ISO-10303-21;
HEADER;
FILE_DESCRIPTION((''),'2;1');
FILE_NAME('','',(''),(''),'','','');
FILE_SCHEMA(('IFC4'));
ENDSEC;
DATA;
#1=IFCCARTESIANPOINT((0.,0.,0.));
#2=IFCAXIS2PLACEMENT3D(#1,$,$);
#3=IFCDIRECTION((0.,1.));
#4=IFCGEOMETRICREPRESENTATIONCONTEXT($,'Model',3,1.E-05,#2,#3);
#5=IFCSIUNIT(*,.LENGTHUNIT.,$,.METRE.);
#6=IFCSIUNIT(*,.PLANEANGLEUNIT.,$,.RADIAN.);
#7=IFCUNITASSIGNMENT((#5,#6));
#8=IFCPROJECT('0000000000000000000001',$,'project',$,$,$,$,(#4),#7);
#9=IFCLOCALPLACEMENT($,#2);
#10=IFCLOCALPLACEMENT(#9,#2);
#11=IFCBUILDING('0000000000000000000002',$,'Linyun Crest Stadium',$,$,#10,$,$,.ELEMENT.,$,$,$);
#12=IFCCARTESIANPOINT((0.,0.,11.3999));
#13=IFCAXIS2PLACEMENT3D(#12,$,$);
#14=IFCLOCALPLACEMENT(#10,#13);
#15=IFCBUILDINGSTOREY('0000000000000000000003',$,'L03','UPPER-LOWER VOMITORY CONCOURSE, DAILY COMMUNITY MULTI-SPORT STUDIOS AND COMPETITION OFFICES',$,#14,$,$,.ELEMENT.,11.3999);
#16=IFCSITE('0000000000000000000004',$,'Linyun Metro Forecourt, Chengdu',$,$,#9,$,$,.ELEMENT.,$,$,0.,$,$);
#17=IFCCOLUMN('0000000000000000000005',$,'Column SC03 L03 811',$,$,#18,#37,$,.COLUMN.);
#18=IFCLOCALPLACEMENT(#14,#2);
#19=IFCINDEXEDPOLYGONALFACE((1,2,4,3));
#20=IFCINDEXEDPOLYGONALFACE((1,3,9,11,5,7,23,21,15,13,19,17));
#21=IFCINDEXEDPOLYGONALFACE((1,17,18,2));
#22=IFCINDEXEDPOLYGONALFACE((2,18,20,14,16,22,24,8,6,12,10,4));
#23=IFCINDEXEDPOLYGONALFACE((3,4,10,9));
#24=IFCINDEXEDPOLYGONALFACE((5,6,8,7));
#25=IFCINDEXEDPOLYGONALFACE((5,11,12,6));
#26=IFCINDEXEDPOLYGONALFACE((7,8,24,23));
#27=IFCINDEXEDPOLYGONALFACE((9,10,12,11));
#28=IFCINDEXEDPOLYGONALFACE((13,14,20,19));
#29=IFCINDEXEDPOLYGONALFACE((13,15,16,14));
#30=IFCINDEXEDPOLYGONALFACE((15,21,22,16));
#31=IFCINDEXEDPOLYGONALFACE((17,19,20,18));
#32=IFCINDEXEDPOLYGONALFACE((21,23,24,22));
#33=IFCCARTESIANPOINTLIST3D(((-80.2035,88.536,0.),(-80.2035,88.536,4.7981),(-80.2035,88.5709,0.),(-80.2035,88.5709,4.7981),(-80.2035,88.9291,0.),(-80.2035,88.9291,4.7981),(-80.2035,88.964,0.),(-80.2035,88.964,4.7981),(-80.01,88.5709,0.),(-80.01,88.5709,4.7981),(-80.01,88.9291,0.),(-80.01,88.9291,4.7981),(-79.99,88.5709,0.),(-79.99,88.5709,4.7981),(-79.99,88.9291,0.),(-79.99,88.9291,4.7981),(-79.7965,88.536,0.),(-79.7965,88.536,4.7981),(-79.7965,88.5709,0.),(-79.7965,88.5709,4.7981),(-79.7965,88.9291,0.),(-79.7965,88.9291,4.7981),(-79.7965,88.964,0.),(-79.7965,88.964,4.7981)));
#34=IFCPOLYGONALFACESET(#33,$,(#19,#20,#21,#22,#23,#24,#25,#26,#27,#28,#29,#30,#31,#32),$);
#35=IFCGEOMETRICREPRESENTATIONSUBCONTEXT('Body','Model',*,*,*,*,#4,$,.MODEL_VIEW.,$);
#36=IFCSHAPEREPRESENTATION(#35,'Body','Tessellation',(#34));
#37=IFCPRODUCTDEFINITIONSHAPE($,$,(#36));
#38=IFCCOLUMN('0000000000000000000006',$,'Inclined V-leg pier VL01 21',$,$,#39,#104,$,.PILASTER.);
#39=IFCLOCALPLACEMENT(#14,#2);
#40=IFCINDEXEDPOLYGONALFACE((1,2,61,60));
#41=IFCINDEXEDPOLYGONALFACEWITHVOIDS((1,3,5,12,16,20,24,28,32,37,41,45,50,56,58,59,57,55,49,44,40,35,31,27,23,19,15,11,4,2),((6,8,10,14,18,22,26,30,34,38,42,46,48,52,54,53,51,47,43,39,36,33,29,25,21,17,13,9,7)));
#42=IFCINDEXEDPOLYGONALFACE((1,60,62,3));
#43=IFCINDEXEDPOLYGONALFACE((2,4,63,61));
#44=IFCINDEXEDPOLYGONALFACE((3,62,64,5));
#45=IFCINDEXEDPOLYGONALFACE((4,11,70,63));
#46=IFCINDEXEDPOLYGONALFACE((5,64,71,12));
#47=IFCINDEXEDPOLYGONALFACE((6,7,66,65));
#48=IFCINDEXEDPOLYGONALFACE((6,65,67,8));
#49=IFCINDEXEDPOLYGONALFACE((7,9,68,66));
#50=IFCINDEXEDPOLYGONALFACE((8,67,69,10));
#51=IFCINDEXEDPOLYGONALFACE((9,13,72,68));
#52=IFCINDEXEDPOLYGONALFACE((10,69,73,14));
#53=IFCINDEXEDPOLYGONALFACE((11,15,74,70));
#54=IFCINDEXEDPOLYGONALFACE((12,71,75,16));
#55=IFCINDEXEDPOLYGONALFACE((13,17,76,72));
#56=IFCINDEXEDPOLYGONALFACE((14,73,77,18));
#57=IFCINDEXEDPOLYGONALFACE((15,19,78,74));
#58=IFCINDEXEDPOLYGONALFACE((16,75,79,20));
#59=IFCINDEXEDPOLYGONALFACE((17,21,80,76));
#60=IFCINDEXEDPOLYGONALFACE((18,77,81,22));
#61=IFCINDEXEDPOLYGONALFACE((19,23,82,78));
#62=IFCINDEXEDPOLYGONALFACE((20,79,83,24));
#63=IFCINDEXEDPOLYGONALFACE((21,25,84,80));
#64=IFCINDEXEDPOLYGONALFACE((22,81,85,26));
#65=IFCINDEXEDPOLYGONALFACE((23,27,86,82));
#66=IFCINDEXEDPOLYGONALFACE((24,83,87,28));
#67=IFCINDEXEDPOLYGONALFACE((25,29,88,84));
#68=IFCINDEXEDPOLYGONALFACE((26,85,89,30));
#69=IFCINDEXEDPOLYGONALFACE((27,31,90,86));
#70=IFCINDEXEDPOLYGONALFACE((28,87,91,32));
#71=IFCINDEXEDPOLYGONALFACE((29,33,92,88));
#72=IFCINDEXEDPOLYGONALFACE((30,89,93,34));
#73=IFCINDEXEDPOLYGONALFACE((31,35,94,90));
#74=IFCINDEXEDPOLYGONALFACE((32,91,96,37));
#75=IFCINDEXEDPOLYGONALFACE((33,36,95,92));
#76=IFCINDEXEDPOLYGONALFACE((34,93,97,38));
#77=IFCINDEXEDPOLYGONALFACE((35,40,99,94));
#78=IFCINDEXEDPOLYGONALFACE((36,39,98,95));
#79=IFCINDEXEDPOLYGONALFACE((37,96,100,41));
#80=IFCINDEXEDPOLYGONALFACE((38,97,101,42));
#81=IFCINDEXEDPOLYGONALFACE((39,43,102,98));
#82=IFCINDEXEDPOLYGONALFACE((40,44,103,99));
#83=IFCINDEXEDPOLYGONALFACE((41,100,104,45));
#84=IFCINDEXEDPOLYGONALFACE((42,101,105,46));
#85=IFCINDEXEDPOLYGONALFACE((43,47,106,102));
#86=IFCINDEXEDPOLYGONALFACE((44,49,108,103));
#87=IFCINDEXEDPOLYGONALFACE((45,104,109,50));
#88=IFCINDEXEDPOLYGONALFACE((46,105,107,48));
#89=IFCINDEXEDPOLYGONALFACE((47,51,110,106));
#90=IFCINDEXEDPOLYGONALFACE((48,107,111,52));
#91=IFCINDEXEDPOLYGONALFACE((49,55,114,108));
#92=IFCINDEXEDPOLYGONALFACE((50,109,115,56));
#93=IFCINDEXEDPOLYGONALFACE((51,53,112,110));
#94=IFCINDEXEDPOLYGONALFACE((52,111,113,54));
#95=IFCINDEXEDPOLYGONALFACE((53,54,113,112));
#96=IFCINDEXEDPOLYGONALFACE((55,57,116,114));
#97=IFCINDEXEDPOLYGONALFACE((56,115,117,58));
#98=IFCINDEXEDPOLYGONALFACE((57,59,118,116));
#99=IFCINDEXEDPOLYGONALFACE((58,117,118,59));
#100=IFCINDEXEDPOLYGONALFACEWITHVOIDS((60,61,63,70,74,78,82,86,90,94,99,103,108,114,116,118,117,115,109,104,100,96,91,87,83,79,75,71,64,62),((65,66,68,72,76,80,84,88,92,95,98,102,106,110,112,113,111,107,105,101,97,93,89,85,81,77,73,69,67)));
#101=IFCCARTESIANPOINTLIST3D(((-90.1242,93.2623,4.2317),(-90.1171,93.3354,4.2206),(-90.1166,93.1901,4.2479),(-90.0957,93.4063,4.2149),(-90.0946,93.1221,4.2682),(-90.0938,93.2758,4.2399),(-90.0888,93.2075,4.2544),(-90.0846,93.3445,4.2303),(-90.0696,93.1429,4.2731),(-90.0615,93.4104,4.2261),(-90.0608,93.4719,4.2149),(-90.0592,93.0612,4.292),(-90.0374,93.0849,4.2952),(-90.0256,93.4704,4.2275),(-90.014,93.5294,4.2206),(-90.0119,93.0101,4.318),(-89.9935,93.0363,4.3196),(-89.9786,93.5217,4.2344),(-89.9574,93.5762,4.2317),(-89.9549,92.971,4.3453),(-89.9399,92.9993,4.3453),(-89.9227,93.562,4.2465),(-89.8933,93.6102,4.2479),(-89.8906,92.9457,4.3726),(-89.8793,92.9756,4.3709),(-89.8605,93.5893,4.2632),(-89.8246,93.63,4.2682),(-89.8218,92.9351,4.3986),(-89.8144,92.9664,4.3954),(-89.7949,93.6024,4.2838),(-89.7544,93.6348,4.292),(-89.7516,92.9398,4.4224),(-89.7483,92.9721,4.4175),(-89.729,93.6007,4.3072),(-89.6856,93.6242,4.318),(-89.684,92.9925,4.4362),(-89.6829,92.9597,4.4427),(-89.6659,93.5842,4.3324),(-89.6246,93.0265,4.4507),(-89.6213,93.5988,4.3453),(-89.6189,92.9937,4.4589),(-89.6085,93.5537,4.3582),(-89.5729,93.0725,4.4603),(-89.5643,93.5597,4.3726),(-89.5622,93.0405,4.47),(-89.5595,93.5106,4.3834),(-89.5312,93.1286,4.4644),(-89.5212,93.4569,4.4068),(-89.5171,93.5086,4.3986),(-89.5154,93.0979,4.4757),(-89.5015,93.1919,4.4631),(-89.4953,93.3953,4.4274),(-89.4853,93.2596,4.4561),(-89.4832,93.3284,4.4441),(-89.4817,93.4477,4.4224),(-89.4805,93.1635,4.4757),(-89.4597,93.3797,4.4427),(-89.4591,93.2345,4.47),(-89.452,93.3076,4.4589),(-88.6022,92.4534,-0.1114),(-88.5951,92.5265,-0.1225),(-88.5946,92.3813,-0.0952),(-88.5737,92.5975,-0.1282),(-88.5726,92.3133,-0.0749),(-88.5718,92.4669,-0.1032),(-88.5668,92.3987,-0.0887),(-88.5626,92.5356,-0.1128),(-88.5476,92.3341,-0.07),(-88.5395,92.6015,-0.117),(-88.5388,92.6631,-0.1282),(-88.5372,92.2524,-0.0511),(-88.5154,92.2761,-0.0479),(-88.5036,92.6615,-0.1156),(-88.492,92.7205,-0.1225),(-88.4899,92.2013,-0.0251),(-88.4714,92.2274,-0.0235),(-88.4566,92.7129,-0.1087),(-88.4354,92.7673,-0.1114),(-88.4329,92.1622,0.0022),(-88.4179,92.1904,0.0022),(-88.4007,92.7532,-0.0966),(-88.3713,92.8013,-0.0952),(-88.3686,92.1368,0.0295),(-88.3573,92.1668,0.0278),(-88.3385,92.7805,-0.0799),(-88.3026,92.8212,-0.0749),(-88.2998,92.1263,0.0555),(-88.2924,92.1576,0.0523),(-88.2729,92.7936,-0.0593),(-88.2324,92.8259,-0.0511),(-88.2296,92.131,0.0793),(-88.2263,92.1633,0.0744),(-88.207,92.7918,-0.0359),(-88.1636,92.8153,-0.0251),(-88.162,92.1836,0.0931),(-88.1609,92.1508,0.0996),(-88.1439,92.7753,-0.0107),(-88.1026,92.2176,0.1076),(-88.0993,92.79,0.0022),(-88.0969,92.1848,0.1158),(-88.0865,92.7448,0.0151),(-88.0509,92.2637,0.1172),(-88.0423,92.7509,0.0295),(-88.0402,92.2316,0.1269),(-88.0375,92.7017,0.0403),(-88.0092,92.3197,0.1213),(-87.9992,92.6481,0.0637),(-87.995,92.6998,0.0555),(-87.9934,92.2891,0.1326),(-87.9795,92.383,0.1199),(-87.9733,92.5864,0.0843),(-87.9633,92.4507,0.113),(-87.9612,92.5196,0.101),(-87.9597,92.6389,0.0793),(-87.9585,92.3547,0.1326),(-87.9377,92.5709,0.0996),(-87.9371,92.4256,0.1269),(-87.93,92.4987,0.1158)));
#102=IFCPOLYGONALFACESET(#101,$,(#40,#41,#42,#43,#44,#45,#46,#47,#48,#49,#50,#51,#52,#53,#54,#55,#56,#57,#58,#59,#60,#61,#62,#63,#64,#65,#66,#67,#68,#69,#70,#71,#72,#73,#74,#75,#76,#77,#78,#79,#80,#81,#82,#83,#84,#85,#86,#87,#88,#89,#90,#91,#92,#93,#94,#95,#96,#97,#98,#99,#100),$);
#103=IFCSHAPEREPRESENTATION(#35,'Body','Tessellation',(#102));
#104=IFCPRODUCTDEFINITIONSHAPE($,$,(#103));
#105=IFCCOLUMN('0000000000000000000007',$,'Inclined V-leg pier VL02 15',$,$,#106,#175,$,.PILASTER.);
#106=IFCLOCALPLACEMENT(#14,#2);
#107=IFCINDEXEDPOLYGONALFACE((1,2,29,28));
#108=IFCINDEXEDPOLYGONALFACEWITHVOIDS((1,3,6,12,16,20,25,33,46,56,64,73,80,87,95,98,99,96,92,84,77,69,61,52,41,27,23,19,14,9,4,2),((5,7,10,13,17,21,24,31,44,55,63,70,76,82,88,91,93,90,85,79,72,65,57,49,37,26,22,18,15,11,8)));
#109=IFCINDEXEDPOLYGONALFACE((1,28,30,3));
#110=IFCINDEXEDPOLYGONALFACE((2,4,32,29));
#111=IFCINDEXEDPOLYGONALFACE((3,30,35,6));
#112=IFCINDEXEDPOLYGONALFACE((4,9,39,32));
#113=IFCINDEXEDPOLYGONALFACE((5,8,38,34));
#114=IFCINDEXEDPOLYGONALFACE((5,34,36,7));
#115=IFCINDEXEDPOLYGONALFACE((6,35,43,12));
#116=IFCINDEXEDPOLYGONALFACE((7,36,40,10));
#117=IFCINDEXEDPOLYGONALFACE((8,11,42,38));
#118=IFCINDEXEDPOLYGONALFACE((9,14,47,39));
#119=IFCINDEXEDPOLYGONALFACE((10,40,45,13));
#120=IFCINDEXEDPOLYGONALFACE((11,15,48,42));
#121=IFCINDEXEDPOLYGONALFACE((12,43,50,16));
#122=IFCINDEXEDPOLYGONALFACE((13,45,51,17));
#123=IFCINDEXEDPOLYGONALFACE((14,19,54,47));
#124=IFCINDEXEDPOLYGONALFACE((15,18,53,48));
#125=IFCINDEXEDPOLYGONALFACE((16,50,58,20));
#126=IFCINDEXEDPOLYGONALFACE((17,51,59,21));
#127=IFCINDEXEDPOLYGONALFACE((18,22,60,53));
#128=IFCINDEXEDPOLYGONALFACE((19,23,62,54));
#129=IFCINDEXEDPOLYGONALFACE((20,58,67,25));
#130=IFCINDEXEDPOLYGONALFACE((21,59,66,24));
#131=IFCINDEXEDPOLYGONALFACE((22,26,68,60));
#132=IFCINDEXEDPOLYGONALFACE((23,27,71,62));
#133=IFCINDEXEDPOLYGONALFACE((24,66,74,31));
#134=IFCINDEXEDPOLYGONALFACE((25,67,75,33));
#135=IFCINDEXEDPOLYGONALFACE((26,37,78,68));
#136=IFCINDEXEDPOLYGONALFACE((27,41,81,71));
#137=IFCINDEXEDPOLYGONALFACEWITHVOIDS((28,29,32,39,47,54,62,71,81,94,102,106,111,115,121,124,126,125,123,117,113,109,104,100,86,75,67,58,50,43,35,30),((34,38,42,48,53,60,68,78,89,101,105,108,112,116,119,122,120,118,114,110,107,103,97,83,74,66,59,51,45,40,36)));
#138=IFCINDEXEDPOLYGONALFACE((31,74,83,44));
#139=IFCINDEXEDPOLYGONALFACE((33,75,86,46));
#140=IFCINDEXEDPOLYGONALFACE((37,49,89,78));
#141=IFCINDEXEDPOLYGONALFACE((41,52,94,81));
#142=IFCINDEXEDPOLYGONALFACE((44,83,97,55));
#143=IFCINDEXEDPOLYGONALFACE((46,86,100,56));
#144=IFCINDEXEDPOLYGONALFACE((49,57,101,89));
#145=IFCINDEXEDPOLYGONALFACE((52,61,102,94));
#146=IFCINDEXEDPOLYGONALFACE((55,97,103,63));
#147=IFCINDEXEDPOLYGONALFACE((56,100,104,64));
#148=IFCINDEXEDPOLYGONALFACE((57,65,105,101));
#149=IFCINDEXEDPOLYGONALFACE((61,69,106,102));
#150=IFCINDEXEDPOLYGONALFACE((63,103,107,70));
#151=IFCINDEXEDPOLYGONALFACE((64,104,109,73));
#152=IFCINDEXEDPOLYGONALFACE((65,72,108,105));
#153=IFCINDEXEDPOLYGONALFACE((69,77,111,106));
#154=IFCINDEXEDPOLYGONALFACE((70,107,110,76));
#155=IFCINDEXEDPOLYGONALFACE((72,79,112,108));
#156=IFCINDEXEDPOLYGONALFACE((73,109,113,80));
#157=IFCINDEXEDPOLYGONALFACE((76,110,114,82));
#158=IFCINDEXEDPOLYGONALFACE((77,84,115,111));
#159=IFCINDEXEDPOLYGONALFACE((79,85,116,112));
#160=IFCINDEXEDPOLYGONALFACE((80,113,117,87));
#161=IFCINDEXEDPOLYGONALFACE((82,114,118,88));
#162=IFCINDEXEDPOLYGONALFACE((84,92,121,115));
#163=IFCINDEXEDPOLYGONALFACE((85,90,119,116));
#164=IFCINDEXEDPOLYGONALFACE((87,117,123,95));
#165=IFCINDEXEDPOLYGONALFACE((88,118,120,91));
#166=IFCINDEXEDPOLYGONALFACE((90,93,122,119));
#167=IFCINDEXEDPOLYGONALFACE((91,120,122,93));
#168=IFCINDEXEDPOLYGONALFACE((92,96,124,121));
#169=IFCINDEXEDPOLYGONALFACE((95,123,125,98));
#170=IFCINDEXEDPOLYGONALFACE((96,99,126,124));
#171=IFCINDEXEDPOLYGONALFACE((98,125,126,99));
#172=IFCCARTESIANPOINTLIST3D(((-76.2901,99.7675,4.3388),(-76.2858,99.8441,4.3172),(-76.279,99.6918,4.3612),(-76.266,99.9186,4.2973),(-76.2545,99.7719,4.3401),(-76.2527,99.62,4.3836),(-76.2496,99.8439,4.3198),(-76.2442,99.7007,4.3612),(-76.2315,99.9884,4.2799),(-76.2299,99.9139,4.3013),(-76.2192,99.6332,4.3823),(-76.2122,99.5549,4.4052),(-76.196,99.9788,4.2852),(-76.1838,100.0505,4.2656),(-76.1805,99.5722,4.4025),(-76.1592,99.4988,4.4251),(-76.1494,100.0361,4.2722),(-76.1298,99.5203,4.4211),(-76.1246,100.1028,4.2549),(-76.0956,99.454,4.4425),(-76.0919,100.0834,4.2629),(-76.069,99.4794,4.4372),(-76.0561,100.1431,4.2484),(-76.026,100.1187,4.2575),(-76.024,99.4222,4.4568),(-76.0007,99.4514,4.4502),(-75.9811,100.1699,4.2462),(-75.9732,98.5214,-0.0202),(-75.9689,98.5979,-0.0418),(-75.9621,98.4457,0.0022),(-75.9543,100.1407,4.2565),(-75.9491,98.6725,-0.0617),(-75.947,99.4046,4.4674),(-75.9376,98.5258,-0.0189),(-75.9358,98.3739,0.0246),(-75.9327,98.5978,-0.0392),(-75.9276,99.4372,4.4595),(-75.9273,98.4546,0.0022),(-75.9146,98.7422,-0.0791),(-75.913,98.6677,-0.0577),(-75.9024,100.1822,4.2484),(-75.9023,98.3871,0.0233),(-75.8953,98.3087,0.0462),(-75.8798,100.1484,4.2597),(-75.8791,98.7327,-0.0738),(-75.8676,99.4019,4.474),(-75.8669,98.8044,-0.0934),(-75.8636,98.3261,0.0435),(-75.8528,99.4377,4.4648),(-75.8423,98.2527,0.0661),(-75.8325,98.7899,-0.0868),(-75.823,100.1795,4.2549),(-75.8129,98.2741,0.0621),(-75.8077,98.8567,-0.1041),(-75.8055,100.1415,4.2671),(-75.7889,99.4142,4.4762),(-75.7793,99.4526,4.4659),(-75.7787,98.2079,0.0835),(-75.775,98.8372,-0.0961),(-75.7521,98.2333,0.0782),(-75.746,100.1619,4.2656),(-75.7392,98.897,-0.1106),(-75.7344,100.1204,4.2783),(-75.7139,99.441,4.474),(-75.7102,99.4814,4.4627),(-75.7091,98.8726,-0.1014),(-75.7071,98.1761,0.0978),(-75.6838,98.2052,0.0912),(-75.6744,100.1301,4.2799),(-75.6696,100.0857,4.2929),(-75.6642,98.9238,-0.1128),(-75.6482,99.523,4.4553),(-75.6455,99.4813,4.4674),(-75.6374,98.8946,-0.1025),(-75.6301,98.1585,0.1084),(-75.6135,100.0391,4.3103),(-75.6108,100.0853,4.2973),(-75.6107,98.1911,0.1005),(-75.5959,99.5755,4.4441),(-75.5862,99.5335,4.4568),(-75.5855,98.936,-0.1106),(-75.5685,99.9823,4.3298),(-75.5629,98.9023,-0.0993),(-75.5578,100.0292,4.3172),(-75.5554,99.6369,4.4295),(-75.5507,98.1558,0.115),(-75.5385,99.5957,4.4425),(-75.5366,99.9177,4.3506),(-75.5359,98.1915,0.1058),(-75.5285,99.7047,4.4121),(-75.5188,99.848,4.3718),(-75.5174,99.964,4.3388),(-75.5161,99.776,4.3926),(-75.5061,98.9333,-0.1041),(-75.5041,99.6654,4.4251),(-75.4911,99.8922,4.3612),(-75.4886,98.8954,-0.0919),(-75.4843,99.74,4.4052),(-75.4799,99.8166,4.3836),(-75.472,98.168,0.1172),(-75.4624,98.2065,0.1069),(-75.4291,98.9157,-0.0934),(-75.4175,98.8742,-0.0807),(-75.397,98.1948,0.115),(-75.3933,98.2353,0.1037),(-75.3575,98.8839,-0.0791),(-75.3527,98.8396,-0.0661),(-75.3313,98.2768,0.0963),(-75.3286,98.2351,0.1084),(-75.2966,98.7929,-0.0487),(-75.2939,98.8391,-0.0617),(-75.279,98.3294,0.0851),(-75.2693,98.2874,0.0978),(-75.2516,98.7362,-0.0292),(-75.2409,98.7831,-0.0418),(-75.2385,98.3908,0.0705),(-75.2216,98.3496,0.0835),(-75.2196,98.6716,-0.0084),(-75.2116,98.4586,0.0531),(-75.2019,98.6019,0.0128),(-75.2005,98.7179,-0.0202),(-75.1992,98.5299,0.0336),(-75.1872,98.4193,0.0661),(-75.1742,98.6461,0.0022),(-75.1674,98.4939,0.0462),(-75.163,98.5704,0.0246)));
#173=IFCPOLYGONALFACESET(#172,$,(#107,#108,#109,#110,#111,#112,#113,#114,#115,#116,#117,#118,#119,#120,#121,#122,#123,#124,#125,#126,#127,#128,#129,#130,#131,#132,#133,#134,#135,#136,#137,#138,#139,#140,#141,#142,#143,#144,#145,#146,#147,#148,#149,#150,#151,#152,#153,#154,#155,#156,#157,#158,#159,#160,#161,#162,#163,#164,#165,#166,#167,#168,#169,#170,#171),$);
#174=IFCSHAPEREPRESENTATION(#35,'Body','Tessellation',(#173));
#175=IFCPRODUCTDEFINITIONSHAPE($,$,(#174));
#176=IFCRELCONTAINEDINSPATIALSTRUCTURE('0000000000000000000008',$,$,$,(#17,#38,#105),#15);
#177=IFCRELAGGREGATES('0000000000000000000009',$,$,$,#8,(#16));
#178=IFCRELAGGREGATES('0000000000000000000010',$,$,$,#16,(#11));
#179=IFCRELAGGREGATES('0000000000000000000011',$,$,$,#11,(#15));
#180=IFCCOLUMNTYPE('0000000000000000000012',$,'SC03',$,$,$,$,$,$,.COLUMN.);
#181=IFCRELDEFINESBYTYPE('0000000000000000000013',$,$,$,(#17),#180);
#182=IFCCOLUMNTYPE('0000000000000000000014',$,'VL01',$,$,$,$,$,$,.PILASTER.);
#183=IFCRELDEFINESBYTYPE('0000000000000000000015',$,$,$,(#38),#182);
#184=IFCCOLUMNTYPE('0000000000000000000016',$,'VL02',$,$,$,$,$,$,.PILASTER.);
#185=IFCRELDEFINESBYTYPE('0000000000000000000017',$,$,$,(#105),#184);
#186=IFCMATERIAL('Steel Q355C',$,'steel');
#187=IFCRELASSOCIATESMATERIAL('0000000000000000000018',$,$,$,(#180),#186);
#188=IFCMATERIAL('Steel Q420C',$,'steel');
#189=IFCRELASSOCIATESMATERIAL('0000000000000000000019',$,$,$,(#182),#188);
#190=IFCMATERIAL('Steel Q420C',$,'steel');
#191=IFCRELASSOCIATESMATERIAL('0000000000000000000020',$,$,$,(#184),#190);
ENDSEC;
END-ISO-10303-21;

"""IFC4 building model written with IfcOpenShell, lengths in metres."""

from ifc_helpers import new_model, si_unit, direction, frame, origin, origin_2d, place, context, subcontext, project, spatial, hollow_circle, i_section, extrude, material, material_profile, profile_set, type_object, element, save


model = new_model("IFC4")

# Units and contexts
model_context = context("Model", 3, precision=1e-05, world=origin(), true_north=direction((0.0, 1.0)))
body_context = subcontext(model_context, "Body", "Model", "MODEL_VIEW")
ifc_project = project(units=[si_unit("LENGTHUNIT", "METRE"), si_unit("PLANEANGLEUNIT", "RADIAN")], contexts=[model_context])

# Site, building, storey
site_placement = place(None, origin())
site = spatial("IfcSite", under=ifc_project, at=site_placement, Name="Linyun Metro Forecourt, Chengdu", CompositionType="ELEMENT", RefElevation=0.0)
building_placement = place(site_placement, origin())
building = spatial("IfcBuilding", under=site, at=building_placement, Name="Linyun Crest Stadium", CompositionType="ELEMENT")
storey_placement = place(building_placement, frame((0.0, 0.0, 11.3999)))
storey = spatial("IfcBuildingStorey", under=building, at=storey_placement, Name="L03", Description="UPPER-LOWER VOMITORY CONCOURSE, DAILY COMMUNITY MULTI-SPORT STUDIOS AND COMPETITION OFFICES", CompositionType="ELEMENT", Elevation=11.3999)

# Columns
ifc_material_1 = material(Name="Steel Q355C", Category="steel")
ifc_material_profile_1 = material_profile(ifc_material_1, i_section(OverallWidth=0.407, OverallDepth=0.428, WebThickness=0.02, FlangeThickness=0.0349, at=origin_2d()), Name="HW 428x407")
ifc_profile_set_1 = profile_set([ifc_material_profile_1], Name="Steel Q355C")
column_type_1 = type_object("IfcColumnType", Name="SC03", PredefinedType="COLUMN", material=ifc_profile_set_1)
column_1_placement = place(storey_placement, frame((-80.0, 88.75, 0.0), z_axis=(0.0, 0.0, 1.0), x_axis=(1.0, 0.0, 0.0)))
element("IfcColumn", 1, at=column_1_placement, inside=storey, type_object=column_type_1, Name="Column SC03 L03 811", PredefinedType="COLUMN", context=body_context, shape_type="SweptSolid", body=[
    extrude(i_section(OverallWidth=0.407, OverallDepth=0.428, WebThickness=0.02, FlangeThickness=0.0349, at=origin_2d()), origin(), (0.0, 0.0, 1.0), 4.7981),
])
ifc_material_2 = material(Name="Steel Q420C", Category="steel")
ifc_material_profile_2 = material_profile(ifc_material_2, hollow_circle(Radius=0.3555, WallThickness=0.032, at=origin_2d()), Name="CHS 711x32")
ifc_profile_set_2 = profile_set([ifc_material_profile_2], Name="Steel Q420C")
column_type_2 = type_object("IfcColumnType", Name="VL01", PredefinedType="PILASTER", material=ifc_profile_set_2)
column_2_placement = place(storey_placement, frame((-88.2661, 92.4761, 0.0022), z_axis=(-0.325729, 0.173105, 0.929481), x_axis=(-0.469286, -0.883046, 0.0)))
element("IfcColumn", 2, at=column_2_placement, inside=storey, type_object=column_type_2, Name="Inclined V-leg pier VL01 21", PredefinedType="PILASTER", context=body_context, shape_type="SweptSolid", body=[
    extrude(hollow_circle(Radius=0.3555, WallThickness=0.032, at=origin_2d()), origin(), (0.0, 0.0, 1.0), 4.6726),
])
ifc_material_3 = material(Name="Steel Q420C", Category="steel")
ifc_material_profile_3 = material_profile(ifc_material_3, hollow_circle(Radius=0.4065, WallThickness=0.0359, at=origin_2d()), Name="CHS 813x36")
ifc_profile_set_3 = profile_set([ifc_material_profile_3], Name="Steel Q420C")
column_type_3 = type_object("IfcColumnType", Name="VL02", PredefinedType="PILASTER", material=ifc_profile_set_3)
column_3_placement = place(storey_placement, frame((-75.5681, 98.5459, 0.0022), z_axis=(-0.06973, 0.274194, 0.959143), x_axis=(-0.969152, -0.246465, 0.0)))
element("IfcColumn", 3, at=column_3_placement, inside=storey, type_object=column_type_3, Name="Inclined V-leg pier VL02 15", PredefinedType="PILASTER", context=body_context, shape_type="SweptSolid", body=[
    extrude(hollow_circle(Radius=0.4065, WallThickness=0.0359, at=origin_2d()), origin(), (0.0, 0.0, 1.0), 4.5447),
])

save(model, "model.ifc")
